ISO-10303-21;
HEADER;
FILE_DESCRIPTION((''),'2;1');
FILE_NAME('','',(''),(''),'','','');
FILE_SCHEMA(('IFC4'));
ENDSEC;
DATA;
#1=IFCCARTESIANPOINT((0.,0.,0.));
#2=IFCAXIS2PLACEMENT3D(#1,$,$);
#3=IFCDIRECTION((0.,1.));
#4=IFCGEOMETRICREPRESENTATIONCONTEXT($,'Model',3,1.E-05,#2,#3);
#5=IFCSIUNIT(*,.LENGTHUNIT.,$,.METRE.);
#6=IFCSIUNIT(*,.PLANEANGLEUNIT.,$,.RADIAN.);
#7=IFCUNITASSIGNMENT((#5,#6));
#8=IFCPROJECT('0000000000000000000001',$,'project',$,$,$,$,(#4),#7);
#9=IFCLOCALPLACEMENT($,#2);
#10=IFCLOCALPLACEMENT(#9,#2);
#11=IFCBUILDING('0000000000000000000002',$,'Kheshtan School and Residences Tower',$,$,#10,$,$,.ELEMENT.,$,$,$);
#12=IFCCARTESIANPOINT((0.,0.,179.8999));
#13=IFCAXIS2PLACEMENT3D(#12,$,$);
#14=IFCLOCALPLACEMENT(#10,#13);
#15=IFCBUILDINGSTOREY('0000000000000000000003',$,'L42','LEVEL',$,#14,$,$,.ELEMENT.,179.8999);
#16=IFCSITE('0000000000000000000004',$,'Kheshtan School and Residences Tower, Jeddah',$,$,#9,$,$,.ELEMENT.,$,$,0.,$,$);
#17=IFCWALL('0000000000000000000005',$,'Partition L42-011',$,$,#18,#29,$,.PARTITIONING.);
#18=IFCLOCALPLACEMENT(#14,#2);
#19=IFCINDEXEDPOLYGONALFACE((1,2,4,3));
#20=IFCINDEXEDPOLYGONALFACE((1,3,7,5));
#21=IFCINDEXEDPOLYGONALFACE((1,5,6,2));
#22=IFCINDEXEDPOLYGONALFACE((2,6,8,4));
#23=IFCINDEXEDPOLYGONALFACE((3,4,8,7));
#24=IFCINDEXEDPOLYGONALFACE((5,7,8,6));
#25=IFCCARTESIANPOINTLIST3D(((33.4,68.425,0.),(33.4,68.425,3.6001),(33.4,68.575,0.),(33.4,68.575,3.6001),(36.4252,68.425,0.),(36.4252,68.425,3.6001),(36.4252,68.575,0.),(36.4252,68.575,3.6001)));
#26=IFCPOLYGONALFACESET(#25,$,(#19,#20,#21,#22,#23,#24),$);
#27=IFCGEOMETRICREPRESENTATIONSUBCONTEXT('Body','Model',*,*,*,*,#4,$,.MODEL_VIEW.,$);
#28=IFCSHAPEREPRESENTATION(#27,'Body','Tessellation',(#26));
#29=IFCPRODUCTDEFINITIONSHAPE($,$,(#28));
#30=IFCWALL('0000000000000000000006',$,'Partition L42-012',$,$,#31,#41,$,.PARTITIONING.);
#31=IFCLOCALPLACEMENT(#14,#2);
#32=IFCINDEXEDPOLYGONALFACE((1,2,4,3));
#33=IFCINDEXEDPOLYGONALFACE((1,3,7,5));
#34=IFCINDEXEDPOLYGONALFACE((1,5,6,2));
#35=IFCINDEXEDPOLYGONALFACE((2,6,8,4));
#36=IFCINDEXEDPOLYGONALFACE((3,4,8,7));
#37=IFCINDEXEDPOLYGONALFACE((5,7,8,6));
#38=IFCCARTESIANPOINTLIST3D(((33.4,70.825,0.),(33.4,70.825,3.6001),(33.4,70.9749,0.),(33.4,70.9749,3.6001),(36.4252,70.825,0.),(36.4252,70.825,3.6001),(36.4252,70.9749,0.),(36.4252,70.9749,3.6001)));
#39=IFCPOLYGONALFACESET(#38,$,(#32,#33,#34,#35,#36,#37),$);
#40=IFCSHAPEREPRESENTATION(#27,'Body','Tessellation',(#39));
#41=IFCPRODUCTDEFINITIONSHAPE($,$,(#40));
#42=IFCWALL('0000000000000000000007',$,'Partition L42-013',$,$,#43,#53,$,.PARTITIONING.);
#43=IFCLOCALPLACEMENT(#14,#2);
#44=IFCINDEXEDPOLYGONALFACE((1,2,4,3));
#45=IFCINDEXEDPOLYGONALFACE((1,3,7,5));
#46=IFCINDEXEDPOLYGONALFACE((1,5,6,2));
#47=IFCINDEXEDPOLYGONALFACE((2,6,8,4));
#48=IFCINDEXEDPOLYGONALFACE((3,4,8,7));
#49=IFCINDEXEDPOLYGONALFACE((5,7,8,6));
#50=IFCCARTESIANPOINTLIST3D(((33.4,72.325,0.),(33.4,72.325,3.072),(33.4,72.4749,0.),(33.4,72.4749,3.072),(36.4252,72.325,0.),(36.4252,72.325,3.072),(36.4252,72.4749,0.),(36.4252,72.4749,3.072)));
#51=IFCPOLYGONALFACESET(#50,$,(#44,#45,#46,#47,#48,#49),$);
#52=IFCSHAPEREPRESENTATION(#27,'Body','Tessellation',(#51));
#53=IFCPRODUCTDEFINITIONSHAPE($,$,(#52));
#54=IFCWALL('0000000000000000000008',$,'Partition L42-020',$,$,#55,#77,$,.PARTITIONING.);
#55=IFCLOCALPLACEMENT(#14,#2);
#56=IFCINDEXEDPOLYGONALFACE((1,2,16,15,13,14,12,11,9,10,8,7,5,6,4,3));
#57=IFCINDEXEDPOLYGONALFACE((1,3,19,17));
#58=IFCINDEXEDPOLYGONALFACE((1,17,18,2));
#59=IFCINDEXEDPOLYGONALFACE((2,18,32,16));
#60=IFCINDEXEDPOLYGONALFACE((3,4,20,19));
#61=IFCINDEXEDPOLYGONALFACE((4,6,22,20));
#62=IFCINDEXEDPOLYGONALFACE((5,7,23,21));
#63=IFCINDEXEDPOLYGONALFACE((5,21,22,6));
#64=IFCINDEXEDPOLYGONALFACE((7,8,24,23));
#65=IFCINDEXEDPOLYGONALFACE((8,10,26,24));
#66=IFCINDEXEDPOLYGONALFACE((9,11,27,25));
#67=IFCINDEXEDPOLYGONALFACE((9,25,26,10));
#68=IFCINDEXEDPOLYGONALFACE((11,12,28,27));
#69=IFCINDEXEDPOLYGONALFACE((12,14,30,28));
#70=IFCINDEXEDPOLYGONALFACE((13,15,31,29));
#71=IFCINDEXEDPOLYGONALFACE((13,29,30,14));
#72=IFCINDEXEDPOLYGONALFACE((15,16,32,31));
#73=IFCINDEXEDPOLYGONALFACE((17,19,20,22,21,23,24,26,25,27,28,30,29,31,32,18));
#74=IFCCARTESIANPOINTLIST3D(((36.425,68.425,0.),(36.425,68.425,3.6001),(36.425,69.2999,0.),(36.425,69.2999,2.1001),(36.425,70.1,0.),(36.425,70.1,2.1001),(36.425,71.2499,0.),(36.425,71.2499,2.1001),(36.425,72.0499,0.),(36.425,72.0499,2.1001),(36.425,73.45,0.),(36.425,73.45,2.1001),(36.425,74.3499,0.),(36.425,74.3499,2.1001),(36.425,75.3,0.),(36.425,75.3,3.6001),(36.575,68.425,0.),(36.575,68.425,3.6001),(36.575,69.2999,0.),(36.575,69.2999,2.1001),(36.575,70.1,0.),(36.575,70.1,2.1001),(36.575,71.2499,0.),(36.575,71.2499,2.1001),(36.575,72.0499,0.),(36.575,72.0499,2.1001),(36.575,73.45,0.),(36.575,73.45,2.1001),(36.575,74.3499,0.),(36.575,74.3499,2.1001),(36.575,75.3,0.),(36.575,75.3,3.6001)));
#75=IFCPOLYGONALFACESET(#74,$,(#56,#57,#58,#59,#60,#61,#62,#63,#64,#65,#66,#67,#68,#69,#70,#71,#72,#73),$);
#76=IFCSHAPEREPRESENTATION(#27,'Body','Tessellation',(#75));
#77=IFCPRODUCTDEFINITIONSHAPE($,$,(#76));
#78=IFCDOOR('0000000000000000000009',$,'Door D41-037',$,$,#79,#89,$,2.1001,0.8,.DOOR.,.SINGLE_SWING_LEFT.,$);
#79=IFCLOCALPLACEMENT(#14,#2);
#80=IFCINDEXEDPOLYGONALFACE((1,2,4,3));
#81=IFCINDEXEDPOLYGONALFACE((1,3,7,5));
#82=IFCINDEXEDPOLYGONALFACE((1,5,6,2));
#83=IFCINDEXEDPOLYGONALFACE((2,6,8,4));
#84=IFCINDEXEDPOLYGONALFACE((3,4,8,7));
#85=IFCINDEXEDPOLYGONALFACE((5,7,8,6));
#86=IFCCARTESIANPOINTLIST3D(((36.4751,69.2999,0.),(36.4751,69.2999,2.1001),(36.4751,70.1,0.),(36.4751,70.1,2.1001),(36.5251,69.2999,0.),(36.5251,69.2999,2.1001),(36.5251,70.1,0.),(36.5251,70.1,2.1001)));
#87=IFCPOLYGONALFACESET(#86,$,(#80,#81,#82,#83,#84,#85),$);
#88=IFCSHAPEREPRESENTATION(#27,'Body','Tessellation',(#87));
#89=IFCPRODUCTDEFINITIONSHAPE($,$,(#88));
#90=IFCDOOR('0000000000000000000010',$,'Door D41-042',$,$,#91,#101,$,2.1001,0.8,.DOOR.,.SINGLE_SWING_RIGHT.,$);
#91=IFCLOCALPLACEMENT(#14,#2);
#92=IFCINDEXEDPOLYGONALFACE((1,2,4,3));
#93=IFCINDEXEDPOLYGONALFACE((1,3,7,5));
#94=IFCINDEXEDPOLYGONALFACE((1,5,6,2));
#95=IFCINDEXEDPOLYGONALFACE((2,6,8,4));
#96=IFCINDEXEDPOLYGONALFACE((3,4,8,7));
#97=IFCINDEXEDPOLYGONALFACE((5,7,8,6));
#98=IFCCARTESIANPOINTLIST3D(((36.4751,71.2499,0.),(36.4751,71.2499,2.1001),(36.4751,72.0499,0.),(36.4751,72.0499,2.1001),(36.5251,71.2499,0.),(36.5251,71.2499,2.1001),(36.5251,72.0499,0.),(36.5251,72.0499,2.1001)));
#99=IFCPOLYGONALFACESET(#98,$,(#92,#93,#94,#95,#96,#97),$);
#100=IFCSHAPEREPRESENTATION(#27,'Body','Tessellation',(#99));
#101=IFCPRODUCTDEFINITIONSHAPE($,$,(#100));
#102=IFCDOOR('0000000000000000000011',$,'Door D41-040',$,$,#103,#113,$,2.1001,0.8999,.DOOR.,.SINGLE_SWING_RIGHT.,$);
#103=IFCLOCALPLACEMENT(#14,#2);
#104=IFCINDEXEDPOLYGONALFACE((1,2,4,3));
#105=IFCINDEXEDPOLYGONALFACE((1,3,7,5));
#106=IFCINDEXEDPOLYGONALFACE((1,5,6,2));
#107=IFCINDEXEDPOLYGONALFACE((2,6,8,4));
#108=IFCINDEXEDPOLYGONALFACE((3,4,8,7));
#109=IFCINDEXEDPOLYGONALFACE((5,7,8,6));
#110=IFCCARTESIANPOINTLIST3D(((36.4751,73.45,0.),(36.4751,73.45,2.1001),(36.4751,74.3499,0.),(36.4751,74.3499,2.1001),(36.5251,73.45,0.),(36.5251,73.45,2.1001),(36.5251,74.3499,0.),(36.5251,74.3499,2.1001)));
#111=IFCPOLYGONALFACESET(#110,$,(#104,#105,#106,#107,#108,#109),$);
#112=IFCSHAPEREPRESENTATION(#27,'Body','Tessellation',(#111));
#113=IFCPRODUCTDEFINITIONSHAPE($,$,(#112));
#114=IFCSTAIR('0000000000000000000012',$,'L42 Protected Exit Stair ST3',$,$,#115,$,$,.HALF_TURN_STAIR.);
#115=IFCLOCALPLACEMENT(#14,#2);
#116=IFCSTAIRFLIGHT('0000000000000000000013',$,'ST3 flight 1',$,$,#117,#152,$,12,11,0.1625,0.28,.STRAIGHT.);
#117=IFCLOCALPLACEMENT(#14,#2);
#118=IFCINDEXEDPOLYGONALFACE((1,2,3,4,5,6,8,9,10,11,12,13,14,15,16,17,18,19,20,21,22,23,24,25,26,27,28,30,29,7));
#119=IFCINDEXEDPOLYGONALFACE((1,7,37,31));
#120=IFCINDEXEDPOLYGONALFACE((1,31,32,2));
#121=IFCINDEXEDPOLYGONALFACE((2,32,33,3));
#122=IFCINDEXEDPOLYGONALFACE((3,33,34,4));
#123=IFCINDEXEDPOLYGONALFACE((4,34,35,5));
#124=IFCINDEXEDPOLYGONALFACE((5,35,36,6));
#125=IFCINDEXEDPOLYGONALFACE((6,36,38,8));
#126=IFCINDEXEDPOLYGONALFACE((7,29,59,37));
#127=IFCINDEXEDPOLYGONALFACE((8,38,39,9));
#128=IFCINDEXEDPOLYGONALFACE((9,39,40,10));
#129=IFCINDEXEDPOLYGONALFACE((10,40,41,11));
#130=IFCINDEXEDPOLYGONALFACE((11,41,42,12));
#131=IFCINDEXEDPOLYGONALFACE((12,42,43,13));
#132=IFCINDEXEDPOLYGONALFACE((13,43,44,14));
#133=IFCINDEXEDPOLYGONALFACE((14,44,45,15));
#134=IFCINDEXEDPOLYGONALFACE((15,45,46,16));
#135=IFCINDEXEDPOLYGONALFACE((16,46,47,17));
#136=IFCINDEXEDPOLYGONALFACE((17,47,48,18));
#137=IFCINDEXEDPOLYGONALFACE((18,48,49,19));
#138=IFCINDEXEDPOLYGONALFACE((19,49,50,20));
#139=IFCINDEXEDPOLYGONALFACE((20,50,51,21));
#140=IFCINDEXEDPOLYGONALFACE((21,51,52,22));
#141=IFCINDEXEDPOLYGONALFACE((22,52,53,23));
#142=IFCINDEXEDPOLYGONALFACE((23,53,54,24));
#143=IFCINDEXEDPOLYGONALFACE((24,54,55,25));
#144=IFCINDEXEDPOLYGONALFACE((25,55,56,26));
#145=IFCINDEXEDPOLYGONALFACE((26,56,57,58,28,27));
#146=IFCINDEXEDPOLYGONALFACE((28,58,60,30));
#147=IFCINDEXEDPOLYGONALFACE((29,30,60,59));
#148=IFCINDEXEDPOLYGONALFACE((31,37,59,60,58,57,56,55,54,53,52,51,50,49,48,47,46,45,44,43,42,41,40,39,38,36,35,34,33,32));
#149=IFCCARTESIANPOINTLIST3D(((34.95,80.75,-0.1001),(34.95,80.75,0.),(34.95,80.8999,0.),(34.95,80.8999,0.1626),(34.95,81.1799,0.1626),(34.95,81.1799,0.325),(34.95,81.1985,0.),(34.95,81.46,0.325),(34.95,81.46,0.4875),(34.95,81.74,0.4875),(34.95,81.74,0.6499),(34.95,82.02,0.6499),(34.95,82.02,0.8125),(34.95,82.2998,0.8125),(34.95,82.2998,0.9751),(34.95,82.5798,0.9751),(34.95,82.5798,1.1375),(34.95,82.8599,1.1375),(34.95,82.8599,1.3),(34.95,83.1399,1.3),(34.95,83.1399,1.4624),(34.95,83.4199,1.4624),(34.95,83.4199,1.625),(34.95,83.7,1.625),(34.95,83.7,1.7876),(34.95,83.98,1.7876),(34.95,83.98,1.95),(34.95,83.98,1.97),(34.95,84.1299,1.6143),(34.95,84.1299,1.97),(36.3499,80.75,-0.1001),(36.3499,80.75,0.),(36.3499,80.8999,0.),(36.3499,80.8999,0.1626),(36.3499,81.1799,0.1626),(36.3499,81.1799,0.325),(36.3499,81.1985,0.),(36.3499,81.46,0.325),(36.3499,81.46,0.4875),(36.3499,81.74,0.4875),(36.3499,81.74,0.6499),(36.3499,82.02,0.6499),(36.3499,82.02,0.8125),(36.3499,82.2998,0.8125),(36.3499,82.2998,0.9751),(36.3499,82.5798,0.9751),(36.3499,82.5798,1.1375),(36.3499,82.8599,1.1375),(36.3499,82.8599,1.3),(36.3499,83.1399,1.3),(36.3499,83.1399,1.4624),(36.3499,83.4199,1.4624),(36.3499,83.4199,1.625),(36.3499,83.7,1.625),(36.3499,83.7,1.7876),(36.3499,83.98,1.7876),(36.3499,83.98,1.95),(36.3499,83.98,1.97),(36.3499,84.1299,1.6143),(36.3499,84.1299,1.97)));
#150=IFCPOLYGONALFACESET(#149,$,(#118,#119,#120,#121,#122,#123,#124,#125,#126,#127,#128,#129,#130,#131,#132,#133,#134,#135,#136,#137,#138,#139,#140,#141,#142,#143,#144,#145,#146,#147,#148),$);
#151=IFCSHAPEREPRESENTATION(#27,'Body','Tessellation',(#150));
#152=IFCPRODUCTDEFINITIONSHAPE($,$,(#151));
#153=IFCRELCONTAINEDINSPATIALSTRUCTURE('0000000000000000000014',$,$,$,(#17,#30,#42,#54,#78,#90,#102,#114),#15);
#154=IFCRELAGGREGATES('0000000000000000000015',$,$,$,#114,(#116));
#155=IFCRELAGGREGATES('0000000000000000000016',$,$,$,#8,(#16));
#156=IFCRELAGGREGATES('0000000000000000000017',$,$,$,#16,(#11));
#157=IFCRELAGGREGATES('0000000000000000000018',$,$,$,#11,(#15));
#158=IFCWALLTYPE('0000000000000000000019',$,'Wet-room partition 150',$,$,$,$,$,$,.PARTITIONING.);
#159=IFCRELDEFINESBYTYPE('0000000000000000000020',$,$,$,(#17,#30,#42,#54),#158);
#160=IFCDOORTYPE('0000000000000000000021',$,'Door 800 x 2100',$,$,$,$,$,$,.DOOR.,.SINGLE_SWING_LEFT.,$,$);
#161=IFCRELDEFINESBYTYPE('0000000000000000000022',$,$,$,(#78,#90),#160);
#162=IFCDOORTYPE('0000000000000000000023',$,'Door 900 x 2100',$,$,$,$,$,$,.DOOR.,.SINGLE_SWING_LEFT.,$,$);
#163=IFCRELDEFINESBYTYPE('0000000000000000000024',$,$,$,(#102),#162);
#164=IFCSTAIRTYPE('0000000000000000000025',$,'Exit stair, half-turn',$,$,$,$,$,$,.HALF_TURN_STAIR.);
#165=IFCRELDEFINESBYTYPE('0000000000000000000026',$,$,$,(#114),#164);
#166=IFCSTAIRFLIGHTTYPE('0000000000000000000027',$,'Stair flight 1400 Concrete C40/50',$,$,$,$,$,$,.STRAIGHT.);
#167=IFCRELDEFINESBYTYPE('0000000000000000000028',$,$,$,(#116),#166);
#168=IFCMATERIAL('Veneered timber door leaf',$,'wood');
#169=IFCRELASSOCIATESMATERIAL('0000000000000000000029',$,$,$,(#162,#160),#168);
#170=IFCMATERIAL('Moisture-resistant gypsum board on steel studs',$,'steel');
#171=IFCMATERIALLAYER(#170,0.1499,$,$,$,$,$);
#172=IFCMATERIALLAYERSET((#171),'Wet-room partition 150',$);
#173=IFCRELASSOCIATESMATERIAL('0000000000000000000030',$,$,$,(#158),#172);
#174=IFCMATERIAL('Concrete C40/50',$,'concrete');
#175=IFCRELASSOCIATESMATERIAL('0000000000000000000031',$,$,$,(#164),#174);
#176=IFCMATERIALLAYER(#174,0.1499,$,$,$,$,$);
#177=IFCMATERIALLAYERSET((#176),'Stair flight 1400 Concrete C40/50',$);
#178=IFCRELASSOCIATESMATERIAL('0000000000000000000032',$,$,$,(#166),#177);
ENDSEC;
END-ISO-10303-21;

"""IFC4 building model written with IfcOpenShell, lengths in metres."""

from ifc_helpers import new_model, si_unit, direction, frame, frame_2d, origin, place, context, subcontext, project, spatial, polyline, rectangle, outline, extrude, source, transform, mapped, material, layer, layer_set, type_object, element, fill, aggregate, save


model = new_model("IFC4")

# Units and contexts
model_context = context("Model", 3, precision=1e-05, world=origin(), true_north=direction((0.0, 1.0)))
body_context = subcontext(model_context, "Body", "Model", "MODEL_VIEW")
ifc_project = project(units=[si_unit("LENGTHUNIT", "METRE"), si_unit("PLANEANGLEUNIT", "RADIAN")], contexts=[model_context])

# Site, building, storey
site_placement = place(None, origin())
site = spatial("IfcSite", under=ifc_project, at=site_placement, Name="Kheshtan School and Residences Tower, Jeddah", CompositionType="ELEMENT", RefElevation=0.0)
building_placement = place(site_placement, origin())
building = spatial("IfcBuilding", under=site, at=building_placement, Name="Kheshtan School and Residences Tower", CompositionType="ELEMENT")
storey_placement = place(building_placement, frame((0.0, 0.0, 179.8999)))
storey = spatial("IfcBuildingStorey", under=building, at=storey_placement, Name="L42", Description="LEVEL", CompositionType="ELEMENT", Elevation=179.8999)

# Shared definitions
ifc_material_1 = material(Name="Veneered timber door leaf", Category="wood")
door_type_1 = type_object("IfcDoorType", Name="Door 900 x 2100", OperationType="SINGLE_SWING_LEFT", PredefinedType="DOOR", material=ifc_material_1)
shared_shape_1 = source(origin(), body_context, "Body", "SweptSolid", [
    extrude(rectangle(XDim=0.8999, YDim=2.1001, at=frame_2d((0.45, 1.05))), frame((0.0, 0.0249, 0.0), z_axis=(0.0, -1.0, 0.0), x_axis=(1.0, 0.0, 0.0)), (0.0, 0.0, 1.0), 0.05),
])

# Shared definitions
ifc_material_2 = material(Name="Concrete C40/50", Category="concrete")

# Walls
ifc_material_3 = material(Name="Moisture-resistant gypsum board on steel studs", Category="steel")
ifc_layer_1 = layer(ifc_material_3, 0.1499)
ifc_layer_set_1 = layer_set([ifc_layer_1], Name="Wet-room partition 150")
wall_type_1 = type_object("IfcWallType", Name="Wet-room partition 150", PredefinedType="PARTITIONING", material=ifc_layer_set_1)
for number, where, z_axis, x_axis, name in (
    (1, (33.3999, 68.5, 0.0), (0.0, 0.0, 1.0), (1.0, 0.0, 0.0), "Partition L42-011"),
    (2, (33.3999, 70.8999, 0.0), (0.0, 0.0, 1.0), (1.0, 0.0, 0.0), "Partition L42-012"),
):
    element("IfcWall", number, at=place(storey_placement, frame(where, z_axis=z_axis, x_axis=x_axis)), inside=storey, type_object=wall_type_1, Name=name, PredefinedType="PARTITIONING", context=body_context, shape_type="SweptSolid", body=[
        extrude(rectangle(XDim=3.0251, YDim=0.1499, at=frame_2d((1.5127, 0.0))), origin(), (0.0, 0.0, 1.0), 3.6001),
    ])
wall_1_placement = place(storey_placement, frame((33.3999, 72.3999, 0.0), z_axis=(0.0, 0.0, 1.0), x_axis=(1.0, 0.0, 0.0)))
element("IfcWall", 3, at=wall_1_placement, inside=storey, type_object=wall_type_1, Name="Partition L42-013", PredefinedType="PARTITIONING", context=body_context, shape_type="SweptSolid", body=[
    extrude(rectangle(XDim=3.0251, YDim=0.1499, at=frame_2d((1.5127, 0.0))), origin(), (0.0, 0.0, 1.0), 3.072),
])

# Wall, openings, doors
wall_2_placement = place(storey_placement, frame((36.5, 68.425, 0.0), z_axis=(0.0, 0.0, 1.0), x_axis=(0.0, 1.0, 0.0)))
wall_2 = element("IfcWall", 4, at=wall_2_placement, inside=storey, type_object=wall_type_1, Name="Partition L42-020", PredefinedType="PARTITIONING", context=body_context, shape_type="SweptSolid", body=[
    extrude(rectangle(XDim=6.875, YDim=0.1499, at=frame_2d((3.4375, 0.0))), origin(), (0.0, 0.0, 1.0), 3.6001),
])
opening_1_placement = place(wall_2_placement, frame((0.875, 0.0, 0.0)))
opening_1 = element("IfcOpeningElement", 5, at=opening_1_placement, cuts=wall_2, PredefinedType="OPENING", context=body_context, shape_type="SweptSolid", body=[
    extrude(rectangle(XDim=0.8, YDim=2.1001, at=frame_2d((0.3999, 1.05))), frame((0.0, 0.085, 0.0), z_axis=(0.0, -1.0, 0.0), x_axis=(1.0, 0.0, 0.0)), (0.0, 0.0, 1.0), 0.1699),
])
opening_2_placement = place(wall_2_placement, frame((5.0249, 0.0, 0.0)))
opening_2 = element("IfcOpeningElement", 6, at=opening_2_placement, cuts=wall_2, PredefinedType="OPENING", context=body_context, shape_type="SweptSolid", body=[
    extrude(rectangle(XDim=0.8999, YDim=2.1001, at=frame_2d((0.45, 1.05))), frame((0.0, 0.085, 0.0), z_axis=(0.0, -1.0, 0.0), x_axis=(1.0, 0.0, 0.0)), (0.0, 0.0, 1.0), 0.1699),
])
opening_3_placement = place(wall_2_placement, frame((2.825, 0.0, 0.0)))
opening_3 = element("IfcOpeningElement", 7, at=opening_3_placement, cuts=wall_2, PredefinedType="OPENING", context=body_context, shape_type="SweptSolid", body=[
    extrude(rectangle(XDim=0.8, YDim=2.1001, at=frame_2d((0.3999, 1.05))), frame((0.0, 0.085, 0.0), z_axis=(0.0, -1.0, 0.0), x_axis=(1.0, 0.0, 0.0)), (0.0, 0.0, 1.0), 0.1699),
])
door_type_2 = type_object("IfcDoorType", Name="Door 800 x 2100", OperationType="SINGLE_SWING_LEFT", PredefinedType="DOOR", material=ifc_material_1)
shared_shape_2 = source(origin(), body_context, "Body", "SweptSolid", [
    extrude(rectangle(XDim=0.8, YDim=2.1001, at=frame_2d((0.3999, 1.05))), frame((0.0, 0.0249, 0.0), z_axis=(0.0, -1.0, 0.0), x_axis=(1.0, 0.0, 0.0)), (0.0, 0.0, 1.0), 0.05),
])
door_1_placement = place(opening_1_placement, origin())
door_1 = element("IfcDoor", 8, at=door_1_placement, inside=storey, type_object=door_type_2, Name="Door D41-037", OperationType="SINGLE_SWING_LEFT", OverallHeight=2.1001, OverallWidth=0.8, PredefinedType="DOOR", context=body_context, shape_type="MappedRepresentation", body=[
    mapped(shared_shape_2, transform((0.0, 0.0, 0.0), x_axis=(1.0, 0.0, 0.0), y_axis=(0.0, 1.0, 0.0), z_axis=(0.0, 0.0, 1.0), scale=1.0)),
])
fill(opening_1, door_1)
door_2_placement = place(opening_3_placement, origin())
door_2 = element("IfcDoor", 9, at=door_2_placement, inside=storey, type_object=door_type_2, Name="Door D41-042", OperationType="SINGLE_SWING_RIGHT", OverallHeight=2.1001, OverallWidth=0.8, PredefinedType="DOOR", context=body_context, shape_type="MappedRepresentation", body=[
    mapped(shared_shape_2, transform((0.0, 0.0, 0.0), x_axis=(1.0, 0.0, 0.0), y_axis=(0.0, 1.0, 0.0), z_axis=(0.0, 0.0, 1.0), scale=1.0)),
])
fill(opening_3, door_2)
door_3_placement = place(opening_2_placement, origin())
door_3 = element("IfcDoor", 10, at=door_3_placement, inside=storey, type_object=door_type_1, Name="Door D41-040", OperationType="SINGLE_SWING_RIGHT", OverallHeight=2.1001, OverallWidth=0.8999, PredefinedType="DOOR", context=body_context, shape_type="MappedRepresentation", body=[
    mapped(shared_shape_1, transform((0.0, 0.0, 0.0), x_axis=(1.0, 0.0, 0.0), y_axis=(0.0, 1.0, 0.0), z_axis=(0.0, 0.0, 1.0), scale=1.0)),
])
fill(opening_2, door_3)

# Stair, stair flight
stair_type = type_object("IfcStairType", Name="Exit stair, half-turn", PredefinedType="HALF_TURN_STAIR", material=ifc_material_2)
stair_placement = place(storey_placement, origin())
stair = element("IfcStair", 11, at=stair_placement, inside=storey, type_object=stair_type, Name="L42 Protected Exit Stair ST3", PredefinedType="HALF_TURN_STAIR")
ifc_layer_2 = layer(ifc_material_2, 0.1499)
ifc_layer_set_2 = layer_set([ifc_layer_2], Name="Stair flight 1400 Concrete C40/50")
stair_flight_type = type_object("IfcStairFlightType", Name="Stair flight 1400 Concrete C40/50", PredefinedType="STRAIGHT", material=ifc_layer_set_2)
stair_flight_placement = place(storey_placement, frame((35.6499, 80.8999, 0.0), z_axis=(0.0, 0.0, 1.0), x_axis=(0.0, 1.0, 0.0)))
stair_flight = element("IfcStairFlight", 12, at=stair_flight_placement, type_object=stair_flight_type, Name="ST3 flight 1", NumberOfRisers=12, NumberOfTreads=11, PredefinedType="STRAIGHT", RiserHeight=0.1625, TreadLength=0.28, context=body_context, shape_type="SweptSolid", body=[
    extrude(outline(polyline([(-0.1499, -0.1001), (-0.1499, 0.0), (0.0, 0.0), (0.0, 0.1626), (0.28, 0.1626), (0.28, 0.325), (0.5601, 0.325), (0.5601, 0.4875), (0.8401, 0.4875), (0.8401, 0.6499), (1.1201, 0.6499), (1.1201, 0.8125), (1.3999, 0.8125), (1.3999, 0.9751), (1.6799, 0.9751), (1.6799, 1.1375), (1.96, 1.1375), (1.96, 1.3), (2.24, 1.3), (2.24, 1.4624), (2.52, 1.4624), (2.52, 1.625), (2.8, 1.625), (2.8, 1.7876), (3.0801, 1.7876), (3.0801, 1.95), (3.0801, 1.97), (3.23, 1.97), (3.23, 1.6143), (0.2986, 0.0), (-0.1499, -0.1001)])), frame((0.0, 0.7, 0.0), z_axis=(0.0, -1.0, 0.0), x_axis=(1.0, 0.0, 0.0)), (0.0, 0.0, 1.0), 1.3999),
])
aggregate(stair, [stair_flight])

save(model, "model.ifc")
